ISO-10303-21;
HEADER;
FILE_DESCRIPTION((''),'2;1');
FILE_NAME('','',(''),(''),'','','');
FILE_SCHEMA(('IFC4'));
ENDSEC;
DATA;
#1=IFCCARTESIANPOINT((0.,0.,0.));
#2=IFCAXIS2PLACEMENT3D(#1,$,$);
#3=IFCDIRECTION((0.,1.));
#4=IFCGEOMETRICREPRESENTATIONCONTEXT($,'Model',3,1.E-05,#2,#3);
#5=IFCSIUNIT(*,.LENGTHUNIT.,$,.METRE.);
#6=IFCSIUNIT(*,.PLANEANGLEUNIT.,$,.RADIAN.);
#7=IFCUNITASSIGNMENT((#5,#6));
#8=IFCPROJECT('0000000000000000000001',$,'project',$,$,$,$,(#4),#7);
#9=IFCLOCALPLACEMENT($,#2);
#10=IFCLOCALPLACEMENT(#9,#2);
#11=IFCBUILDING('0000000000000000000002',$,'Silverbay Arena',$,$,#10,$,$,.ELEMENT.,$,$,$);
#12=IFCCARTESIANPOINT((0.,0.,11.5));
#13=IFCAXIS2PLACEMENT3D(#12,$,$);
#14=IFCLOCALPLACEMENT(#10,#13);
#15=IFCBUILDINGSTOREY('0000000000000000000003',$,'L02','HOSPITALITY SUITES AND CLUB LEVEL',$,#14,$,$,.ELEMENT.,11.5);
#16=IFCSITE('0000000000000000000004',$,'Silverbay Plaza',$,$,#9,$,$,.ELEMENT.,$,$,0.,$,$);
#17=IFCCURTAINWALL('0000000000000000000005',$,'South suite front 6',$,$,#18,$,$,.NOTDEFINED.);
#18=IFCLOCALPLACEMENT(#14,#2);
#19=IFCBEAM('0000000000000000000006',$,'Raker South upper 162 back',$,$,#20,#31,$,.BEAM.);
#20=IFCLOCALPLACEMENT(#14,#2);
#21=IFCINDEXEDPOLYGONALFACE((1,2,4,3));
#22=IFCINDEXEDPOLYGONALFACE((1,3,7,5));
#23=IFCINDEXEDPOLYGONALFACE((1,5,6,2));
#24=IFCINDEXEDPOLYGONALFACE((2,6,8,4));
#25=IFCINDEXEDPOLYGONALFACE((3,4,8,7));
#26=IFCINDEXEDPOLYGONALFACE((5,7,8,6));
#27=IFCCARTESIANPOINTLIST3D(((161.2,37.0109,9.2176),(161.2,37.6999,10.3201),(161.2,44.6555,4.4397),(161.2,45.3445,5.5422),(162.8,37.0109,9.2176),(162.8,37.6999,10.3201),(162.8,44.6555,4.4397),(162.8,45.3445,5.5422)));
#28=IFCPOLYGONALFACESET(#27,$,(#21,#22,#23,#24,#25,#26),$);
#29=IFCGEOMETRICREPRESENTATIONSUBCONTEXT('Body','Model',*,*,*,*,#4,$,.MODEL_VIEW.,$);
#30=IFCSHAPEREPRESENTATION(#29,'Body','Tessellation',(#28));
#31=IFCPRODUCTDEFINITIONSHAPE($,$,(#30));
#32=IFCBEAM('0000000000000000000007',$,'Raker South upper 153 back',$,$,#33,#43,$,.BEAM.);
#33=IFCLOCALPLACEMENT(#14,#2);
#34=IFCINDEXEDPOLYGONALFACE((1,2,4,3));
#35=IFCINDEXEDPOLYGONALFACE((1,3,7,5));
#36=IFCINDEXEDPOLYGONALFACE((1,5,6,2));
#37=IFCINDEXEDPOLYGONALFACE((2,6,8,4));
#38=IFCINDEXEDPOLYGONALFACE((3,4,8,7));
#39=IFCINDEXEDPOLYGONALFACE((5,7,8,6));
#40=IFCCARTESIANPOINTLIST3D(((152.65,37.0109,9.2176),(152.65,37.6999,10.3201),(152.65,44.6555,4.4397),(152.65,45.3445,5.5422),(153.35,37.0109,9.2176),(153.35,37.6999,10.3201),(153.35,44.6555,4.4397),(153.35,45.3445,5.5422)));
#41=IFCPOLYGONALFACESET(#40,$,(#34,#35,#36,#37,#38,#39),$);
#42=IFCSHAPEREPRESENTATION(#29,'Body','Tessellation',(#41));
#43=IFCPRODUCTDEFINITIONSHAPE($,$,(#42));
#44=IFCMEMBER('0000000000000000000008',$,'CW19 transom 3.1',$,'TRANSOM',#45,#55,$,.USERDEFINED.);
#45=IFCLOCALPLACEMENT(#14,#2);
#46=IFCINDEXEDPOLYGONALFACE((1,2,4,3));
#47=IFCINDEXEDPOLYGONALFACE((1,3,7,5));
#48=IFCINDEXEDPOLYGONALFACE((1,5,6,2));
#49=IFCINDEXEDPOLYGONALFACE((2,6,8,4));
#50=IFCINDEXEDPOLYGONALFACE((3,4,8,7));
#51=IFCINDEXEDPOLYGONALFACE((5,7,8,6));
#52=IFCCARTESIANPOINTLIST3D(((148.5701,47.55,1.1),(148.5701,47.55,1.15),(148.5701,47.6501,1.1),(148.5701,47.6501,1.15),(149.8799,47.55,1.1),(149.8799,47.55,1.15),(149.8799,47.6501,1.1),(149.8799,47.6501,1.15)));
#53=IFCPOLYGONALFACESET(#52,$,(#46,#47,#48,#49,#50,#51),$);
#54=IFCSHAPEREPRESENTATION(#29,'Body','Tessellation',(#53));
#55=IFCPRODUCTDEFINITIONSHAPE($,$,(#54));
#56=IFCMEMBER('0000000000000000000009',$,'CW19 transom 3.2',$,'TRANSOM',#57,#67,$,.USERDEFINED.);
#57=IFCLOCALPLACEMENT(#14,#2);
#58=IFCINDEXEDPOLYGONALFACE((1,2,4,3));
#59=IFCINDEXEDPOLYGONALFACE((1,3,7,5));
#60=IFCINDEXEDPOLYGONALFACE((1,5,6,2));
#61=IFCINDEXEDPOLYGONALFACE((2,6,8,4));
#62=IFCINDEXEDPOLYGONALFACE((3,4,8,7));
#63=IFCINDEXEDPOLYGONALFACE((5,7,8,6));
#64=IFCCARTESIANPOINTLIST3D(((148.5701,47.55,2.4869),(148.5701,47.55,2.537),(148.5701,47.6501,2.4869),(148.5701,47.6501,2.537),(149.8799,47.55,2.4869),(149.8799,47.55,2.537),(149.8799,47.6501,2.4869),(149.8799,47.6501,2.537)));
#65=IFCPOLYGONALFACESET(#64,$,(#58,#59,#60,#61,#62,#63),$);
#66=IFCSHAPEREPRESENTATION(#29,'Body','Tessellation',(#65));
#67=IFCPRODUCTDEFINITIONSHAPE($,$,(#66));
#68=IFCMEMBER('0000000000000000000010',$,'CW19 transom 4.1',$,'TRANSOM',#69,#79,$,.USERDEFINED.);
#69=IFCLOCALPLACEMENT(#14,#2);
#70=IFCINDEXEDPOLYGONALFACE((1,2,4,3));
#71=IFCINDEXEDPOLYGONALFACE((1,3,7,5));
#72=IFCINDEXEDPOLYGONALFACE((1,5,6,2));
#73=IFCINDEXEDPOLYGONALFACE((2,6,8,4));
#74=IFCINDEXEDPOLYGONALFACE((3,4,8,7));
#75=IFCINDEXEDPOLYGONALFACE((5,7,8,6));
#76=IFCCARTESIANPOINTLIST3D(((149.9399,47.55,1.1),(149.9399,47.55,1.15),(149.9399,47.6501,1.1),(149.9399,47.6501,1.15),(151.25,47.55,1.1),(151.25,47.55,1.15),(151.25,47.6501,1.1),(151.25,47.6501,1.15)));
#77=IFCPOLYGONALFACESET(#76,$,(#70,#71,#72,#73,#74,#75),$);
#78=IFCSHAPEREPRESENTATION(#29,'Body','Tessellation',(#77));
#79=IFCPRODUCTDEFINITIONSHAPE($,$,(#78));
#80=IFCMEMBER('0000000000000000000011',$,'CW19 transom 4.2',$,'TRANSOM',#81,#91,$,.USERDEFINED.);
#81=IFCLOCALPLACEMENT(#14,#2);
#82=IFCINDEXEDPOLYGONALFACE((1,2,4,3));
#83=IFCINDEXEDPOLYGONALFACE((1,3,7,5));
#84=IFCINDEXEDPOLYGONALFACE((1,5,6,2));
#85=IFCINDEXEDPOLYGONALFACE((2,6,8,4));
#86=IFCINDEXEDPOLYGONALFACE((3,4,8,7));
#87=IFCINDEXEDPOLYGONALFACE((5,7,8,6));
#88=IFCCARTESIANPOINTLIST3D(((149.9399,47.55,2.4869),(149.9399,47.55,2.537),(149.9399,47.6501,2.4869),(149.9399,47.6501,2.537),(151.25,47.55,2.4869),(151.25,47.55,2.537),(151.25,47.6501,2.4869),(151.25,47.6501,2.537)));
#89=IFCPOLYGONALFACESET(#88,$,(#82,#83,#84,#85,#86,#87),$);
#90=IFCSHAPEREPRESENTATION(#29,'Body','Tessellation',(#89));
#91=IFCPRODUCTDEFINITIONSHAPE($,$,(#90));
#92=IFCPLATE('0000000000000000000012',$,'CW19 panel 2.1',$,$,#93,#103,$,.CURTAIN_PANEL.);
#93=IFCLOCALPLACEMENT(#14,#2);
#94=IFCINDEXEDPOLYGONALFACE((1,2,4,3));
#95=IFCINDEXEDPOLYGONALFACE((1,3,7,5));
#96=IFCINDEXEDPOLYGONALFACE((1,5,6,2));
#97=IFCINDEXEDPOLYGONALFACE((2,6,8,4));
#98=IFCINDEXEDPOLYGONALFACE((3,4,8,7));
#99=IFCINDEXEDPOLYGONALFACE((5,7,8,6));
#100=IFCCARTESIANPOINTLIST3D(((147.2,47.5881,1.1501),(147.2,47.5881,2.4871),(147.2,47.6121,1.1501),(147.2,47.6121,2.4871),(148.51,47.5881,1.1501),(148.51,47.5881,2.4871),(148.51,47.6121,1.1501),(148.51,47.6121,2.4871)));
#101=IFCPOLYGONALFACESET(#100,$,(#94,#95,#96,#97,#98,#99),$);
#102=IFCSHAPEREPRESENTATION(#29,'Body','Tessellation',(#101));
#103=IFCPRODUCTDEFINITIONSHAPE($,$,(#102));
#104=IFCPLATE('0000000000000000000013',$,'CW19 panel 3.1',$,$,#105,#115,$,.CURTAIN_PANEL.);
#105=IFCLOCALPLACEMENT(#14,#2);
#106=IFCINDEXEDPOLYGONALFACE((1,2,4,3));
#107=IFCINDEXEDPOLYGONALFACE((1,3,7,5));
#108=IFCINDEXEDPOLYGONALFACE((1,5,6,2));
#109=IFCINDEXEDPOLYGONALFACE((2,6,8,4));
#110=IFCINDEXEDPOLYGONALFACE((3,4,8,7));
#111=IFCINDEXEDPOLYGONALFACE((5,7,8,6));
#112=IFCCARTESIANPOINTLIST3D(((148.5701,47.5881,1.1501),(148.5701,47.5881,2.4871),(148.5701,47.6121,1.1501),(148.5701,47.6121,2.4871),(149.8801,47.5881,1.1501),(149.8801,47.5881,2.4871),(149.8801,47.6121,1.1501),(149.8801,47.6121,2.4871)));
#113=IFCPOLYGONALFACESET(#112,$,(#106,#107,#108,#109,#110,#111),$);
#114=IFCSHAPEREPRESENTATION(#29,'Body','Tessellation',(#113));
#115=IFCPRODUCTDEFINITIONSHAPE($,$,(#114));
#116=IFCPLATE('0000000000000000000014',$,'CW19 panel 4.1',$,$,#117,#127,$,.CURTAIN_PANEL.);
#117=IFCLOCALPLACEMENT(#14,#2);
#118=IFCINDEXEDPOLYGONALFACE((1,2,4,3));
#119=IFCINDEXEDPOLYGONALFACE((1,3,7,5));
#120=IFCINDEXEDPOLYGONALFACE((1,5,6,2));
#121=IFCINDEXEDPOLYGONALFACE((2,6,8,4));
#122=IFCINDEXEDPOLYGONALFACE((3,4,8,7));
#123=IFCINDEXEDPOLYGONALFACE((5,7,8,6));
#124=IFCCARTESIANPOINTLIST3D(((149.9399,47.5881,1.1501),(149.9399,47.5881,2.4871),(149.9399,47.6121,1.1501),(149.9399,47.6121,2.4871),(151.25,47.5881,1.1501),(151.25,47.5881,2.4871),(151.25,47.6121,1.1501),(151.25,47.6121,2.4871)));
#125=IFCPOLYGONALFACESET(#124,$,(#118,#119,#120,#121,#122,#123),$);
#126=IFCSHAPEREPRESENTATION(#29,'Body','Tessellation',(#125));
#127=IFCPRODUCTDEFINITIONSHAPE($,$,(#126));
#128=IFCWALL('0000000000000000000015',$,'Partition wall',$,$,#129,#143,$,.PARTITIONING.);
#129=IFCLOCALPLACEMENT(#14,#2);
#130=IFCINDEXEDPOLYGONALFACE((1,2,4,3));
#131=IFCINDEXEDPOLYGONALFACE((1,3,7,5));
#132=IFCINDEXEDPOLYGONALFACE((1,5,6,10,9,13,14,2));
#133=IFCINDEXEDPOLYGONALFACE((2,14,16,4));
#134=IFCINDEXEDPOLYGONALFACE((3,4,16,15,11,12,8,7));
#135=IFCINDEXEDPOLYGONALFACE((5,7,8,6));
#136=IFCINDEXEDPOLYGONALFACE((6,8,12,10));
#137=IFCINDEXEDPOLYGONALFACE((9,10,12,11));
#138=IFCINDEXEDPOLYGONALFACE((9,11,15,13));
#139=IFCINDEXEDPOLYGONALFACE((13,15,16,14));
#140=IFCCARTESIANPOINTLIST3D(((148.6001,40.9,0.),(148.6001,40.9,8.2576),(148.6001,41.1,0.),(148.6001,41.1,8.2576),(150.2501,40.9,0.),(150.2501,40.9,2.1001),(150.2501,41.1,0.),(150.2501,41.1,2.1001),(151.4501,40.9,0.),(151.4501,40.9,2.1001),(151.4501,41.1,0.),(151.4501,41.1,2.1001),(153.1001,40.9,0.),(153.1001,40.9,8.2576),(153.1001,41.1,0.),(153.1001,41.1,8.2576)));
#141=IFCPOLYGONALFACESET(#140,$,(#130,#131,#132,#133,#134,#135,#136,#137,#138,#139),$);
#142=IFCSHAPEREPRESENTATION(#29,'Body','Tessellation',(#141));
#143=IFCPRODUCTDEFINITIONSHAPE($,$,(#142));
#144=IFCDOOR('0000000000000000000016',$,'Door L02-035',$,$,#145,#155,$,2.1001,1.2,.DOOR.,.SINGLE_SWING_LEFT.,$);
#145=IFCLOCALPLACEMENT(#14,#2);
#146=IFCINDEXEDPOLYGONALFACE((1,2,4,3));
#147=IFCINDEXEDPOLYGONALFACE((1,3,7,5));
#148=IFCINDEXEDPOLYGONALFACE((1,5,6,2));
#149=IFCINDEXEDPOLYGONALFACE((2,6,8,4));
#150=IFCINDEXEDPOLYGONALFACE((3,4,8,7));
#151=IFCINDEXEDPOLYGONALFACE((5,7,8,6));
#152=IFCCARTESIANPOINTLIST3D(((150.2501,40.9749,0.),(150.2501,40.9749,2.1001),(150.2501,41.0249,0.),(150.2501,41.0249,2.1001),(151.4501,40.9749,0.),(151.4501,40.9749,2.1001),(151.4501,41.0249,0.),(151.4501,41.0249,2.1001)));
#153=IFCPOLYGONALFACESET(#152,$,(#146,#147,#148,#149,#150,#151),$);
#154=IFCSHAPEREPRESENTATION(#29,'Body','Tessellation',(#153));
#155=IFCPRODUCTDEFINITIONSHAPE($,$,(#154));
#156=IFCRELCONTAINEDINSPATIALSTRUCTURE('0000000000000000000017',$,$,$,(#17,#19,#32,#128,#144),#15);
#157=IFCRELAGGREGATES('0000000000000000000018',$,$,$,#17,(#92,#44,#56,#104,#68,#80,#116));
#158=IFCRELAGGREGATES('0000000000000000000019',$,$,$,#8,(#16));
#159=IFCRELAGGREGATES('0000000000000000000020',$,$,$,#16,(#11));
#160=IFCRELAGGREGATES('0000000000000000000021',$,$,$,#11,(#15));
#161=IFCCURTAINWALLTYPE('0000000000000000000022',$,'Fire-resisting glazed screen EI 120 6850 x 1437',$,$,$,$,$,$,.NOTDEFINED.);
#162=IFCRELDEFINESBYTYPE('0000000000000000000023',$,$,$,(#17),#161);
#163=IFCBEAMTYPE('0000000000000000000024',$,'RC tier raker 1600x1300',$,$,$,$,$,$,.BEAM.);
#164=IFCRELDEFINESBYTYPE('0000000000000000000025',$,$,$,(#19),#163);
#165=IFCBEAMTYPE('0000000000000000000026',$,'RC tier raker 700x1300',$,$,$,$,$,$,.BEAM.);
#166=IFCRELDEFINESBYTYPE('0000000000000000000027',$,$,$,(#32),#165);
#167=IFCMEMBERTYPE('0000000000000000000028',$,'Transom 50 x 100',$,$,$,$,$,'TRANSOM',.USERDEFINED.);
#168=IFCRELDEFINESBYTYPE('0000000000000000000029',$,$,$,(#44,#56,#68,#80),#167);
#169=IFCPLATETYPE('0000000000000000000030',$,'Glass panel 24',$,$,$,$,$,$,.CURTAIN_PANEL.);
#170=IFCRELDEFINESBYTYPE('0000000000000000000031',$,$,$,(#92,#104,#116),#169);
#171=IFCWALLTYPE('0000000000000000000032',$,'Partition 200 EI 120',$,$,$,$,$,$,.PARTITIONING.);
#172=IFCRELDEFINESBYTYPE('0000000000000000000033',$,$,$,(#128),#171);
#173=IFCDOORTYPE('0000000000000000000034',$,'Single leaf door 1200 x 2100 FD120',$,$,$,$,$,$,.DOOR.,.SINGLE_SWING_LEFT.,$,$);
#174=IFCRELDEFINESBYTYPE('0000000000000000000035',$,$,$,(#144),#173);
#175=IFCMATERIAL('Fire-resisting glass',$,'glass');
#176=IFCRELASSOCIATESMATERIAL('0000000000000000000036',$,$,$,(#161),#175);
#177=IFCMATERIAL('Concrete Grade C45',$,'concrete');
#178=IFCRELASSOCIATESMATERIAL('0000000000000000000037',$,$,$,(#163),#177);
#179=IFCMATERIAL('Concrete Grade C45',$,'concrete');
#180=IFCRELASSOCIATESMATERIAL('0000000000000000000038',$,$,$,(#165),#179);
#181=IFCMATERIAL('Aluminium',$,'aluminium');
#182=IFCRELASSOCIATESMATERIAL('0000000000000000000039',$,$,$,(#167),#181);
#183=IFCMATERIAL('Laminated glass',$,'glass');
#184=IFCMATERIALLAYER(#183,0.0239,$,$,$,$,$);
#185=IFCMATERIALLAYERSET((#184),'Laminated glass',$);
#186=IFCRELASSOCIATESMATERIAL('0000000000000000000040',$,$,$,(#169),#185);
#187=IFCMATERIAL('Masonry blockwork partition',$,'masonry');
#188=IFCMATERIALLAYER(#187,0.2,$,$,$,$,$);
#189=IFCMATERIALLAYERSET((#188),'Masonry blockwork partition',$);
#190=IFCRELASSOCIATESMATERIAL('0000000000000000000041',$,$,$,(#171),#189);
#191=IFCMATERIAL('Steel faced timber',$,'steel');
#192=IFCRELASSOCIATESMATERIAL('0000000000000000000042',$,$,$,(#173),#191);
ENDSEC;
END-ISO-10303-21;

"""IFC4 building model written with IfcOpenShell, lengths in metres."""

from ifc_helpers import new_model, si_unit, direction, frame, frame_2d, origin, origin_2d, place, context, subcontext, project, spatial, rectangle, extrude, material, layer, layer_set, material_profile, profile_set, type_object, element, fill, aggregate, save


model = new_model("IFC4")

# Units and contexts
model_context = context("Model", 3, precision=1e-05, world=origin(), true_north=direction((0.0, 1.0)))
body_context = subcontext(model_context, "Body", "Model", "MODEL_VIEW")
ifc_project = project(units=[si_unit("LENGTHUNIT", "METRE"), si_unit("PLANEANGLEUNIT", "RADIAN")], contexts=[model_context])

# Site, building, storey
site_placement = place(None, origin())
site = spatial("IfcSite", under=ifc_project, at=site_placement, Name="Silverbay Plaza", CompositionType="ELEMENT", RefElevation=0.0)
building_placement = place(site_placement, origin())
building = spatial("IfcBuilding", under=site, at=building_placement, Name="Silverbay Arena", CompositionType="ELEMENT")
storey_placement = place(building_placement, frame((0.0, 0.0, 11.5)))
storey = spatial("IfcBuildingStorey", under=building, at=storey_placement, Name="L02", Description="HOSPITALITY SUITES AND CLUB LEVEL", CompositionType="ELEMENT", Elevation=11.5)

# Curtain wall
ifc_material_1 = material(Name="Fire-resisting glass", Category="glass")
curtain_wall_type = type_object("IfcCurtainWallType", Name="Fire-resisting glazed screen EI 120 6850 x 1437", PredefinedType="NOTDEFINED", material=ifc_material_1)
curtain_wall_placement = place(storey_placement, origin())
curtain_wall = element("IfcCurtainWall", 1, at=curtain_wall_placement, inside=storey, type_object=curtain_wall_type, Name="South suite front 6", PredefinedType="NOTDEFINED")

# Beams
ifc_material_2 = material(Name="Concrete Grade C45", Category="concrete")
ifc_material_profile_1 = material_profile(ifc_material_2, rectangle(XDim=1.6001, YDim=1.3, at=origin_2d()), Name="RC 1600x1300")
ifc_profile_set_1 = profile_set([ifc_material_profile_1], Name="Concrete Grade C45")
beam_type_1 = type_object("IfcBeamType", Name="RC tier raker 1600x1300", PredefinedType="BEAM", material=ifc_profile_set_1)
beam_1_placement = place(storey_placement, frame((162.0, 45.0, 4.991), z_axis=(0.0, -0.847998, 0.529999), x_axis=(1.0, 0.0, 0.0)))
element("IfcBeam", 2, at=beam_1_placement, inside=storey, type_object=beam_type_1, Name="Raker South upper 162 back", PredefinedType="BEAM", context=body_context, shape_type="SweptSolid", body=[
    extrude(rectangle(XDim=1.6001, YDim=1.3, at=origin_2d()), origin(), (0.0, 0.0, 1.0), 9.0149),
])
ifc_material_3 = material(Name="Concrete Grade C45", Category="concrete")
ifc_material_profile_2 = material_profile(ifc_material_3, rectangle(XDim=0.7, YDim=1.3, at=origin_2d()), Name="RC 700x1300")
ifc_profile_set_2 = profile_set([ifc_material_profile_2], Name="Concrete Grade C45")
beam_type_2 = type_object("IfcBeamType", Name="RC tier raker 700x1300", PredefinedType="BEAM", material=ifc_profile_set_2)
beam_2_placement = place(storey_placement, frame((153.0, 45.0, 4.991), z_axis=(0.0, -0.847998, 0.529999), x_axis=(1.0, 0.0, 0.0)))
element("IfcBeam", 3, at=beam_2_placement, inside=storey, type_object=beam_type_2, Name="Raker South upper 153 back", PredefinedType="BEAM", context=body_context, shape_type="SweptSolid", body=[
    extrude(rectangle(XDim=0.7, YDim=1.3, at=origin_2d()), origin(), (0.0, 0.0, 1.0), 9.0149),
])

# Members
ifc_material_4 = material(Name="Aluminium", Category="aluminium")
ifc_material_profile_3 = material_profile(ifc_material_4, rectangle(XDim=0.1001, YDim=0.05, at=origin_2d()), Name="Transom 50 x 100")
ifc_profile_set_3 = profile_set([ifc_material_profile_3], Name="Aluminium")
member_type_1 = type_object("IfcMemberType", Name="Transom 50 x 100", ElementType="TRANSOM", PredefinedType="USERDEFINED", material=ifc_profile_set_3)
member_1_placement = place(storey_placement, frame((148.5701, 47.6001, 1.125), z_axis=(1.0, 0.0, 0.0), x_axis=(0.0, 1.0, 0.0)))
member_1 = element("IfcMember", 4, at=member_1_placement, type_object=member_type_1, Name="CW19 transom 3.1", ObjectType="TRANSOM", PredefinedType="USERDEFINED", context=body_context, shape_type="SweptSolid", body=[
    extrude(rectangle(XDim=0.1001, YDim=0.05, at=origin_2d()), origin(), (0.0, 0.0, 1.0), 1.3098),
])
member_2_placement = place(storey_placement, frame((148.5701, 47.6001, 2.512), z_axis=(1.0, 0.0, 0.0), x_axis=(0.0, 1.0, 0.0)))
member_2 = element("IfcMember", 5, at=member_2_placement, type_object=member_type_1, Name="CW19 transom 3.2", ObjectType="TRANSOM", PredefinedType="USERDEFINED", context=body_context, shape_type="SweptSolid", body=[
    extrude(rectangle(XDim=0.1001, YDim=0.05, at=origin_2d()), origin(), (0.0, 0.0, 1.0), 1.3098),
])
member_3_placement = place(storey_placement, frame((149.9399, 47.6001, 1.125), z_axis=(1.0, 0.0, 0.0), x_axis=(0.0, 1.0, 0.0)))
member_3 = element("IfcMember", 6, at=member_3_placement, type_object=member_type_1, Name="CW19 transom 4.1", ObjectType="TRANSOM", PredefinedType="USERDEFINED", context=body_context, shape_type="SweptSolid", body=[
    extrude(rectangle(XDim=0.1001, YDim=0.05, at=origin_2d()), origin(), (0.0, 0.0, 1.0), 1.3101),
])
member_4_placement = place(storey_placement, frame((149.9399, 47.6001, 2.512), z_axis=(1.0, 0.0, 0.0), x_axis=(0.0, 1.0, 0.0)))
member_4 = element("IfcMember", 7, at=member_4_placement, type_object=member_type_1, Name="CW19 transom 4.2", ObjectType="TRANSOM", PredefinedType="USERDEFINED", context=body_context, shape_type="SweptSolid", body=[
    extrude(rectangle(XDim=0.1001, YDim=0.05, at=origin_2d()), origin(), (0.0, 0.0, 1.0), 1.3101),
])

# Plates
ifc_material_5 = material(Name="Laminated glass", Category="glass")
ifc_layer_1 = layer(ifc_material_5, 0.0239)
ifc_layer_set_1 = layer_set([ifc_layer_1], Name="Laminated glass")
plate_type = type_object("IfcPlateType", Name="Glass panel 24", PredefinedType="CURTAIN_PANEL", material=ifc_layer_set_1)
plate_1_placement = place(storey_placement, frame((147.855, 47.6001, 1.1501), z_axis=(0.0, 0.0, 1.0), x_axis=(1.0, 0.0, 0.0)))
plate_1 = element("IfcPlate", 8, at=plate_1_placement, type_object=plate_type, Name="CW19 panel 2.1", PredefinedType="CURTAIN_PANEL", context=body_context, shape_type="SweptSolid", body=[
    extrude(rectangle(XDim=1.3101, YDim=0.0239, at=origin_2d()), origin(), (0.0, 0.0, 1.0), 1.3369),
])
plate_2_placement = place(storey_placement, frame((149.2251, 47.6001, 1.1501), z_axis=(0.0, 0.0, 1.0), x_axis=(1.0, 0.0, 0.0)))
plate_2 = element("IfcPlate", 9, at=plate_2_placement, type_object=plate_type, Name="CW19 panel 3.1", PredefinedType="CURTAIN_PANEL", context=body_context, shape_type="SweptSolid", body=[
    extrude(rectangle(XDim=1.3101, YDim=0.0239, at=origin_2d()), origin(), (0.0, 0.0, 1.0), 1.3369),
])
plate_3_placement = place(storey_placement, frame((150.595, 47.6001, 1.1501), z_axis=(0.0, 0.0, 1.0), x_axis=(1.0, 0.0, 0.0)))
plate_3 = element("IfcPlate", 10, at=plate_3_placement, type_object=plate_type, Name="CW19 panel 4.1", PredefinedType="CURTAIN_PANEL", context=body_context, shape_type="SweptSolid", body=[
    extrude(rectangle(XDim=1.3101, YDim=0.0239, at=origin_2d()), origin(), (0.0, 0.0, 1.0), 1.3369),
])
aggregate(curtain_wall, [plate_1, member_1, member_2, plate_2, member_3, member_4, plate_3])

# Wall, opening, door
ifc_material_6 = material(Name="Masonry blockwork partition", Category="masonry")
ifc_layer_2 = layer(ifc_material_6, 0.2)
ifc_layer_set_2 = layer_set([ifc_layer_2], Name="Masonry blockwork partition")
wall_type_1 = type_object("IfcWallType", Name="Partition 200 EI 120", PredefinedType="PARTITIONING", material=ifc_layer_set_2)
wall_1_placement = place(storey_placement, frame((148.6001, 41.0, 0.0), z_axis=(0.0, 0.0, 1.0), x_axis=(1.0, 0.0, 0.0)))
wall_1 = element("IfcWall", 11, at=wall_1_placement, inside=storey, type_object=wall_type_1, Name="Partition wall", PredefinedType="PARTITIONING", context=body_context, shape_type="SweptSolid", body=[
    extrude(rectangle(XDim=4.5, YDim=0.2, at=frame_2d((2.25, 0.0))), origin(), (0.0, 0.0, 1.0), 8.2576),
])
opening_1_placement = place(wall_1_placement, frame((1.6499, 0.0, 0.0)))
opening_1 = element("IfcOpeningElement", 12, at=opening_1_placement, cuts=wall_1, PredefinedType="OPENING", context=body_context, shape_type="SweptSolid", body=[
    extrude(rectangle(XDim=1.2, YDim=2.1001, at=frame_2d((0.6001, 1.05))), frame((0.0, 0.1099, 0.0), z_axis=(0.0, -1.0, 0.0), x_axis=(1.0, 0.0, 0.0)), (0.0, 0.0, 1.0), 0.22),
])
ifc_material_7 = material(Name="Steel faced timber", Category="steel")
door_type = type_object("IfcDoorType", Name="Single leaf door 1200 x 2100 FD120", OperationType="SINGLE_SWING_LEFT", PredefinedType="DOOR", material=ifc_material_7)
door_1_placement = place(opening_1_placement, origin())
door_1 = element("IfcDoor", 13, at=door_1_placement, inside=storey, type_object=door_type, Name="Door L02-035", OperationType="SINGLE_SWING_LEFT", OverallHeight=2.1001, OverallWidth=1.2, PredefinedType="DOOR", context=body_context, shape_type="SweptSolid", body=[
    extrude(rectangle(XDim=1.2, YDim=2.1001, at=frame_2d((0.6001, 1.05))), frame((0.0, 0.0249, 0.0), z_axis=(0.0, -1.0, 0.0), x_axis=(1.0, 0.0, 0.0)), (0.0, 0.0, 1.0), 0.05),
])
fill(opening_1, door_1)

save(model, "model.ifc")
